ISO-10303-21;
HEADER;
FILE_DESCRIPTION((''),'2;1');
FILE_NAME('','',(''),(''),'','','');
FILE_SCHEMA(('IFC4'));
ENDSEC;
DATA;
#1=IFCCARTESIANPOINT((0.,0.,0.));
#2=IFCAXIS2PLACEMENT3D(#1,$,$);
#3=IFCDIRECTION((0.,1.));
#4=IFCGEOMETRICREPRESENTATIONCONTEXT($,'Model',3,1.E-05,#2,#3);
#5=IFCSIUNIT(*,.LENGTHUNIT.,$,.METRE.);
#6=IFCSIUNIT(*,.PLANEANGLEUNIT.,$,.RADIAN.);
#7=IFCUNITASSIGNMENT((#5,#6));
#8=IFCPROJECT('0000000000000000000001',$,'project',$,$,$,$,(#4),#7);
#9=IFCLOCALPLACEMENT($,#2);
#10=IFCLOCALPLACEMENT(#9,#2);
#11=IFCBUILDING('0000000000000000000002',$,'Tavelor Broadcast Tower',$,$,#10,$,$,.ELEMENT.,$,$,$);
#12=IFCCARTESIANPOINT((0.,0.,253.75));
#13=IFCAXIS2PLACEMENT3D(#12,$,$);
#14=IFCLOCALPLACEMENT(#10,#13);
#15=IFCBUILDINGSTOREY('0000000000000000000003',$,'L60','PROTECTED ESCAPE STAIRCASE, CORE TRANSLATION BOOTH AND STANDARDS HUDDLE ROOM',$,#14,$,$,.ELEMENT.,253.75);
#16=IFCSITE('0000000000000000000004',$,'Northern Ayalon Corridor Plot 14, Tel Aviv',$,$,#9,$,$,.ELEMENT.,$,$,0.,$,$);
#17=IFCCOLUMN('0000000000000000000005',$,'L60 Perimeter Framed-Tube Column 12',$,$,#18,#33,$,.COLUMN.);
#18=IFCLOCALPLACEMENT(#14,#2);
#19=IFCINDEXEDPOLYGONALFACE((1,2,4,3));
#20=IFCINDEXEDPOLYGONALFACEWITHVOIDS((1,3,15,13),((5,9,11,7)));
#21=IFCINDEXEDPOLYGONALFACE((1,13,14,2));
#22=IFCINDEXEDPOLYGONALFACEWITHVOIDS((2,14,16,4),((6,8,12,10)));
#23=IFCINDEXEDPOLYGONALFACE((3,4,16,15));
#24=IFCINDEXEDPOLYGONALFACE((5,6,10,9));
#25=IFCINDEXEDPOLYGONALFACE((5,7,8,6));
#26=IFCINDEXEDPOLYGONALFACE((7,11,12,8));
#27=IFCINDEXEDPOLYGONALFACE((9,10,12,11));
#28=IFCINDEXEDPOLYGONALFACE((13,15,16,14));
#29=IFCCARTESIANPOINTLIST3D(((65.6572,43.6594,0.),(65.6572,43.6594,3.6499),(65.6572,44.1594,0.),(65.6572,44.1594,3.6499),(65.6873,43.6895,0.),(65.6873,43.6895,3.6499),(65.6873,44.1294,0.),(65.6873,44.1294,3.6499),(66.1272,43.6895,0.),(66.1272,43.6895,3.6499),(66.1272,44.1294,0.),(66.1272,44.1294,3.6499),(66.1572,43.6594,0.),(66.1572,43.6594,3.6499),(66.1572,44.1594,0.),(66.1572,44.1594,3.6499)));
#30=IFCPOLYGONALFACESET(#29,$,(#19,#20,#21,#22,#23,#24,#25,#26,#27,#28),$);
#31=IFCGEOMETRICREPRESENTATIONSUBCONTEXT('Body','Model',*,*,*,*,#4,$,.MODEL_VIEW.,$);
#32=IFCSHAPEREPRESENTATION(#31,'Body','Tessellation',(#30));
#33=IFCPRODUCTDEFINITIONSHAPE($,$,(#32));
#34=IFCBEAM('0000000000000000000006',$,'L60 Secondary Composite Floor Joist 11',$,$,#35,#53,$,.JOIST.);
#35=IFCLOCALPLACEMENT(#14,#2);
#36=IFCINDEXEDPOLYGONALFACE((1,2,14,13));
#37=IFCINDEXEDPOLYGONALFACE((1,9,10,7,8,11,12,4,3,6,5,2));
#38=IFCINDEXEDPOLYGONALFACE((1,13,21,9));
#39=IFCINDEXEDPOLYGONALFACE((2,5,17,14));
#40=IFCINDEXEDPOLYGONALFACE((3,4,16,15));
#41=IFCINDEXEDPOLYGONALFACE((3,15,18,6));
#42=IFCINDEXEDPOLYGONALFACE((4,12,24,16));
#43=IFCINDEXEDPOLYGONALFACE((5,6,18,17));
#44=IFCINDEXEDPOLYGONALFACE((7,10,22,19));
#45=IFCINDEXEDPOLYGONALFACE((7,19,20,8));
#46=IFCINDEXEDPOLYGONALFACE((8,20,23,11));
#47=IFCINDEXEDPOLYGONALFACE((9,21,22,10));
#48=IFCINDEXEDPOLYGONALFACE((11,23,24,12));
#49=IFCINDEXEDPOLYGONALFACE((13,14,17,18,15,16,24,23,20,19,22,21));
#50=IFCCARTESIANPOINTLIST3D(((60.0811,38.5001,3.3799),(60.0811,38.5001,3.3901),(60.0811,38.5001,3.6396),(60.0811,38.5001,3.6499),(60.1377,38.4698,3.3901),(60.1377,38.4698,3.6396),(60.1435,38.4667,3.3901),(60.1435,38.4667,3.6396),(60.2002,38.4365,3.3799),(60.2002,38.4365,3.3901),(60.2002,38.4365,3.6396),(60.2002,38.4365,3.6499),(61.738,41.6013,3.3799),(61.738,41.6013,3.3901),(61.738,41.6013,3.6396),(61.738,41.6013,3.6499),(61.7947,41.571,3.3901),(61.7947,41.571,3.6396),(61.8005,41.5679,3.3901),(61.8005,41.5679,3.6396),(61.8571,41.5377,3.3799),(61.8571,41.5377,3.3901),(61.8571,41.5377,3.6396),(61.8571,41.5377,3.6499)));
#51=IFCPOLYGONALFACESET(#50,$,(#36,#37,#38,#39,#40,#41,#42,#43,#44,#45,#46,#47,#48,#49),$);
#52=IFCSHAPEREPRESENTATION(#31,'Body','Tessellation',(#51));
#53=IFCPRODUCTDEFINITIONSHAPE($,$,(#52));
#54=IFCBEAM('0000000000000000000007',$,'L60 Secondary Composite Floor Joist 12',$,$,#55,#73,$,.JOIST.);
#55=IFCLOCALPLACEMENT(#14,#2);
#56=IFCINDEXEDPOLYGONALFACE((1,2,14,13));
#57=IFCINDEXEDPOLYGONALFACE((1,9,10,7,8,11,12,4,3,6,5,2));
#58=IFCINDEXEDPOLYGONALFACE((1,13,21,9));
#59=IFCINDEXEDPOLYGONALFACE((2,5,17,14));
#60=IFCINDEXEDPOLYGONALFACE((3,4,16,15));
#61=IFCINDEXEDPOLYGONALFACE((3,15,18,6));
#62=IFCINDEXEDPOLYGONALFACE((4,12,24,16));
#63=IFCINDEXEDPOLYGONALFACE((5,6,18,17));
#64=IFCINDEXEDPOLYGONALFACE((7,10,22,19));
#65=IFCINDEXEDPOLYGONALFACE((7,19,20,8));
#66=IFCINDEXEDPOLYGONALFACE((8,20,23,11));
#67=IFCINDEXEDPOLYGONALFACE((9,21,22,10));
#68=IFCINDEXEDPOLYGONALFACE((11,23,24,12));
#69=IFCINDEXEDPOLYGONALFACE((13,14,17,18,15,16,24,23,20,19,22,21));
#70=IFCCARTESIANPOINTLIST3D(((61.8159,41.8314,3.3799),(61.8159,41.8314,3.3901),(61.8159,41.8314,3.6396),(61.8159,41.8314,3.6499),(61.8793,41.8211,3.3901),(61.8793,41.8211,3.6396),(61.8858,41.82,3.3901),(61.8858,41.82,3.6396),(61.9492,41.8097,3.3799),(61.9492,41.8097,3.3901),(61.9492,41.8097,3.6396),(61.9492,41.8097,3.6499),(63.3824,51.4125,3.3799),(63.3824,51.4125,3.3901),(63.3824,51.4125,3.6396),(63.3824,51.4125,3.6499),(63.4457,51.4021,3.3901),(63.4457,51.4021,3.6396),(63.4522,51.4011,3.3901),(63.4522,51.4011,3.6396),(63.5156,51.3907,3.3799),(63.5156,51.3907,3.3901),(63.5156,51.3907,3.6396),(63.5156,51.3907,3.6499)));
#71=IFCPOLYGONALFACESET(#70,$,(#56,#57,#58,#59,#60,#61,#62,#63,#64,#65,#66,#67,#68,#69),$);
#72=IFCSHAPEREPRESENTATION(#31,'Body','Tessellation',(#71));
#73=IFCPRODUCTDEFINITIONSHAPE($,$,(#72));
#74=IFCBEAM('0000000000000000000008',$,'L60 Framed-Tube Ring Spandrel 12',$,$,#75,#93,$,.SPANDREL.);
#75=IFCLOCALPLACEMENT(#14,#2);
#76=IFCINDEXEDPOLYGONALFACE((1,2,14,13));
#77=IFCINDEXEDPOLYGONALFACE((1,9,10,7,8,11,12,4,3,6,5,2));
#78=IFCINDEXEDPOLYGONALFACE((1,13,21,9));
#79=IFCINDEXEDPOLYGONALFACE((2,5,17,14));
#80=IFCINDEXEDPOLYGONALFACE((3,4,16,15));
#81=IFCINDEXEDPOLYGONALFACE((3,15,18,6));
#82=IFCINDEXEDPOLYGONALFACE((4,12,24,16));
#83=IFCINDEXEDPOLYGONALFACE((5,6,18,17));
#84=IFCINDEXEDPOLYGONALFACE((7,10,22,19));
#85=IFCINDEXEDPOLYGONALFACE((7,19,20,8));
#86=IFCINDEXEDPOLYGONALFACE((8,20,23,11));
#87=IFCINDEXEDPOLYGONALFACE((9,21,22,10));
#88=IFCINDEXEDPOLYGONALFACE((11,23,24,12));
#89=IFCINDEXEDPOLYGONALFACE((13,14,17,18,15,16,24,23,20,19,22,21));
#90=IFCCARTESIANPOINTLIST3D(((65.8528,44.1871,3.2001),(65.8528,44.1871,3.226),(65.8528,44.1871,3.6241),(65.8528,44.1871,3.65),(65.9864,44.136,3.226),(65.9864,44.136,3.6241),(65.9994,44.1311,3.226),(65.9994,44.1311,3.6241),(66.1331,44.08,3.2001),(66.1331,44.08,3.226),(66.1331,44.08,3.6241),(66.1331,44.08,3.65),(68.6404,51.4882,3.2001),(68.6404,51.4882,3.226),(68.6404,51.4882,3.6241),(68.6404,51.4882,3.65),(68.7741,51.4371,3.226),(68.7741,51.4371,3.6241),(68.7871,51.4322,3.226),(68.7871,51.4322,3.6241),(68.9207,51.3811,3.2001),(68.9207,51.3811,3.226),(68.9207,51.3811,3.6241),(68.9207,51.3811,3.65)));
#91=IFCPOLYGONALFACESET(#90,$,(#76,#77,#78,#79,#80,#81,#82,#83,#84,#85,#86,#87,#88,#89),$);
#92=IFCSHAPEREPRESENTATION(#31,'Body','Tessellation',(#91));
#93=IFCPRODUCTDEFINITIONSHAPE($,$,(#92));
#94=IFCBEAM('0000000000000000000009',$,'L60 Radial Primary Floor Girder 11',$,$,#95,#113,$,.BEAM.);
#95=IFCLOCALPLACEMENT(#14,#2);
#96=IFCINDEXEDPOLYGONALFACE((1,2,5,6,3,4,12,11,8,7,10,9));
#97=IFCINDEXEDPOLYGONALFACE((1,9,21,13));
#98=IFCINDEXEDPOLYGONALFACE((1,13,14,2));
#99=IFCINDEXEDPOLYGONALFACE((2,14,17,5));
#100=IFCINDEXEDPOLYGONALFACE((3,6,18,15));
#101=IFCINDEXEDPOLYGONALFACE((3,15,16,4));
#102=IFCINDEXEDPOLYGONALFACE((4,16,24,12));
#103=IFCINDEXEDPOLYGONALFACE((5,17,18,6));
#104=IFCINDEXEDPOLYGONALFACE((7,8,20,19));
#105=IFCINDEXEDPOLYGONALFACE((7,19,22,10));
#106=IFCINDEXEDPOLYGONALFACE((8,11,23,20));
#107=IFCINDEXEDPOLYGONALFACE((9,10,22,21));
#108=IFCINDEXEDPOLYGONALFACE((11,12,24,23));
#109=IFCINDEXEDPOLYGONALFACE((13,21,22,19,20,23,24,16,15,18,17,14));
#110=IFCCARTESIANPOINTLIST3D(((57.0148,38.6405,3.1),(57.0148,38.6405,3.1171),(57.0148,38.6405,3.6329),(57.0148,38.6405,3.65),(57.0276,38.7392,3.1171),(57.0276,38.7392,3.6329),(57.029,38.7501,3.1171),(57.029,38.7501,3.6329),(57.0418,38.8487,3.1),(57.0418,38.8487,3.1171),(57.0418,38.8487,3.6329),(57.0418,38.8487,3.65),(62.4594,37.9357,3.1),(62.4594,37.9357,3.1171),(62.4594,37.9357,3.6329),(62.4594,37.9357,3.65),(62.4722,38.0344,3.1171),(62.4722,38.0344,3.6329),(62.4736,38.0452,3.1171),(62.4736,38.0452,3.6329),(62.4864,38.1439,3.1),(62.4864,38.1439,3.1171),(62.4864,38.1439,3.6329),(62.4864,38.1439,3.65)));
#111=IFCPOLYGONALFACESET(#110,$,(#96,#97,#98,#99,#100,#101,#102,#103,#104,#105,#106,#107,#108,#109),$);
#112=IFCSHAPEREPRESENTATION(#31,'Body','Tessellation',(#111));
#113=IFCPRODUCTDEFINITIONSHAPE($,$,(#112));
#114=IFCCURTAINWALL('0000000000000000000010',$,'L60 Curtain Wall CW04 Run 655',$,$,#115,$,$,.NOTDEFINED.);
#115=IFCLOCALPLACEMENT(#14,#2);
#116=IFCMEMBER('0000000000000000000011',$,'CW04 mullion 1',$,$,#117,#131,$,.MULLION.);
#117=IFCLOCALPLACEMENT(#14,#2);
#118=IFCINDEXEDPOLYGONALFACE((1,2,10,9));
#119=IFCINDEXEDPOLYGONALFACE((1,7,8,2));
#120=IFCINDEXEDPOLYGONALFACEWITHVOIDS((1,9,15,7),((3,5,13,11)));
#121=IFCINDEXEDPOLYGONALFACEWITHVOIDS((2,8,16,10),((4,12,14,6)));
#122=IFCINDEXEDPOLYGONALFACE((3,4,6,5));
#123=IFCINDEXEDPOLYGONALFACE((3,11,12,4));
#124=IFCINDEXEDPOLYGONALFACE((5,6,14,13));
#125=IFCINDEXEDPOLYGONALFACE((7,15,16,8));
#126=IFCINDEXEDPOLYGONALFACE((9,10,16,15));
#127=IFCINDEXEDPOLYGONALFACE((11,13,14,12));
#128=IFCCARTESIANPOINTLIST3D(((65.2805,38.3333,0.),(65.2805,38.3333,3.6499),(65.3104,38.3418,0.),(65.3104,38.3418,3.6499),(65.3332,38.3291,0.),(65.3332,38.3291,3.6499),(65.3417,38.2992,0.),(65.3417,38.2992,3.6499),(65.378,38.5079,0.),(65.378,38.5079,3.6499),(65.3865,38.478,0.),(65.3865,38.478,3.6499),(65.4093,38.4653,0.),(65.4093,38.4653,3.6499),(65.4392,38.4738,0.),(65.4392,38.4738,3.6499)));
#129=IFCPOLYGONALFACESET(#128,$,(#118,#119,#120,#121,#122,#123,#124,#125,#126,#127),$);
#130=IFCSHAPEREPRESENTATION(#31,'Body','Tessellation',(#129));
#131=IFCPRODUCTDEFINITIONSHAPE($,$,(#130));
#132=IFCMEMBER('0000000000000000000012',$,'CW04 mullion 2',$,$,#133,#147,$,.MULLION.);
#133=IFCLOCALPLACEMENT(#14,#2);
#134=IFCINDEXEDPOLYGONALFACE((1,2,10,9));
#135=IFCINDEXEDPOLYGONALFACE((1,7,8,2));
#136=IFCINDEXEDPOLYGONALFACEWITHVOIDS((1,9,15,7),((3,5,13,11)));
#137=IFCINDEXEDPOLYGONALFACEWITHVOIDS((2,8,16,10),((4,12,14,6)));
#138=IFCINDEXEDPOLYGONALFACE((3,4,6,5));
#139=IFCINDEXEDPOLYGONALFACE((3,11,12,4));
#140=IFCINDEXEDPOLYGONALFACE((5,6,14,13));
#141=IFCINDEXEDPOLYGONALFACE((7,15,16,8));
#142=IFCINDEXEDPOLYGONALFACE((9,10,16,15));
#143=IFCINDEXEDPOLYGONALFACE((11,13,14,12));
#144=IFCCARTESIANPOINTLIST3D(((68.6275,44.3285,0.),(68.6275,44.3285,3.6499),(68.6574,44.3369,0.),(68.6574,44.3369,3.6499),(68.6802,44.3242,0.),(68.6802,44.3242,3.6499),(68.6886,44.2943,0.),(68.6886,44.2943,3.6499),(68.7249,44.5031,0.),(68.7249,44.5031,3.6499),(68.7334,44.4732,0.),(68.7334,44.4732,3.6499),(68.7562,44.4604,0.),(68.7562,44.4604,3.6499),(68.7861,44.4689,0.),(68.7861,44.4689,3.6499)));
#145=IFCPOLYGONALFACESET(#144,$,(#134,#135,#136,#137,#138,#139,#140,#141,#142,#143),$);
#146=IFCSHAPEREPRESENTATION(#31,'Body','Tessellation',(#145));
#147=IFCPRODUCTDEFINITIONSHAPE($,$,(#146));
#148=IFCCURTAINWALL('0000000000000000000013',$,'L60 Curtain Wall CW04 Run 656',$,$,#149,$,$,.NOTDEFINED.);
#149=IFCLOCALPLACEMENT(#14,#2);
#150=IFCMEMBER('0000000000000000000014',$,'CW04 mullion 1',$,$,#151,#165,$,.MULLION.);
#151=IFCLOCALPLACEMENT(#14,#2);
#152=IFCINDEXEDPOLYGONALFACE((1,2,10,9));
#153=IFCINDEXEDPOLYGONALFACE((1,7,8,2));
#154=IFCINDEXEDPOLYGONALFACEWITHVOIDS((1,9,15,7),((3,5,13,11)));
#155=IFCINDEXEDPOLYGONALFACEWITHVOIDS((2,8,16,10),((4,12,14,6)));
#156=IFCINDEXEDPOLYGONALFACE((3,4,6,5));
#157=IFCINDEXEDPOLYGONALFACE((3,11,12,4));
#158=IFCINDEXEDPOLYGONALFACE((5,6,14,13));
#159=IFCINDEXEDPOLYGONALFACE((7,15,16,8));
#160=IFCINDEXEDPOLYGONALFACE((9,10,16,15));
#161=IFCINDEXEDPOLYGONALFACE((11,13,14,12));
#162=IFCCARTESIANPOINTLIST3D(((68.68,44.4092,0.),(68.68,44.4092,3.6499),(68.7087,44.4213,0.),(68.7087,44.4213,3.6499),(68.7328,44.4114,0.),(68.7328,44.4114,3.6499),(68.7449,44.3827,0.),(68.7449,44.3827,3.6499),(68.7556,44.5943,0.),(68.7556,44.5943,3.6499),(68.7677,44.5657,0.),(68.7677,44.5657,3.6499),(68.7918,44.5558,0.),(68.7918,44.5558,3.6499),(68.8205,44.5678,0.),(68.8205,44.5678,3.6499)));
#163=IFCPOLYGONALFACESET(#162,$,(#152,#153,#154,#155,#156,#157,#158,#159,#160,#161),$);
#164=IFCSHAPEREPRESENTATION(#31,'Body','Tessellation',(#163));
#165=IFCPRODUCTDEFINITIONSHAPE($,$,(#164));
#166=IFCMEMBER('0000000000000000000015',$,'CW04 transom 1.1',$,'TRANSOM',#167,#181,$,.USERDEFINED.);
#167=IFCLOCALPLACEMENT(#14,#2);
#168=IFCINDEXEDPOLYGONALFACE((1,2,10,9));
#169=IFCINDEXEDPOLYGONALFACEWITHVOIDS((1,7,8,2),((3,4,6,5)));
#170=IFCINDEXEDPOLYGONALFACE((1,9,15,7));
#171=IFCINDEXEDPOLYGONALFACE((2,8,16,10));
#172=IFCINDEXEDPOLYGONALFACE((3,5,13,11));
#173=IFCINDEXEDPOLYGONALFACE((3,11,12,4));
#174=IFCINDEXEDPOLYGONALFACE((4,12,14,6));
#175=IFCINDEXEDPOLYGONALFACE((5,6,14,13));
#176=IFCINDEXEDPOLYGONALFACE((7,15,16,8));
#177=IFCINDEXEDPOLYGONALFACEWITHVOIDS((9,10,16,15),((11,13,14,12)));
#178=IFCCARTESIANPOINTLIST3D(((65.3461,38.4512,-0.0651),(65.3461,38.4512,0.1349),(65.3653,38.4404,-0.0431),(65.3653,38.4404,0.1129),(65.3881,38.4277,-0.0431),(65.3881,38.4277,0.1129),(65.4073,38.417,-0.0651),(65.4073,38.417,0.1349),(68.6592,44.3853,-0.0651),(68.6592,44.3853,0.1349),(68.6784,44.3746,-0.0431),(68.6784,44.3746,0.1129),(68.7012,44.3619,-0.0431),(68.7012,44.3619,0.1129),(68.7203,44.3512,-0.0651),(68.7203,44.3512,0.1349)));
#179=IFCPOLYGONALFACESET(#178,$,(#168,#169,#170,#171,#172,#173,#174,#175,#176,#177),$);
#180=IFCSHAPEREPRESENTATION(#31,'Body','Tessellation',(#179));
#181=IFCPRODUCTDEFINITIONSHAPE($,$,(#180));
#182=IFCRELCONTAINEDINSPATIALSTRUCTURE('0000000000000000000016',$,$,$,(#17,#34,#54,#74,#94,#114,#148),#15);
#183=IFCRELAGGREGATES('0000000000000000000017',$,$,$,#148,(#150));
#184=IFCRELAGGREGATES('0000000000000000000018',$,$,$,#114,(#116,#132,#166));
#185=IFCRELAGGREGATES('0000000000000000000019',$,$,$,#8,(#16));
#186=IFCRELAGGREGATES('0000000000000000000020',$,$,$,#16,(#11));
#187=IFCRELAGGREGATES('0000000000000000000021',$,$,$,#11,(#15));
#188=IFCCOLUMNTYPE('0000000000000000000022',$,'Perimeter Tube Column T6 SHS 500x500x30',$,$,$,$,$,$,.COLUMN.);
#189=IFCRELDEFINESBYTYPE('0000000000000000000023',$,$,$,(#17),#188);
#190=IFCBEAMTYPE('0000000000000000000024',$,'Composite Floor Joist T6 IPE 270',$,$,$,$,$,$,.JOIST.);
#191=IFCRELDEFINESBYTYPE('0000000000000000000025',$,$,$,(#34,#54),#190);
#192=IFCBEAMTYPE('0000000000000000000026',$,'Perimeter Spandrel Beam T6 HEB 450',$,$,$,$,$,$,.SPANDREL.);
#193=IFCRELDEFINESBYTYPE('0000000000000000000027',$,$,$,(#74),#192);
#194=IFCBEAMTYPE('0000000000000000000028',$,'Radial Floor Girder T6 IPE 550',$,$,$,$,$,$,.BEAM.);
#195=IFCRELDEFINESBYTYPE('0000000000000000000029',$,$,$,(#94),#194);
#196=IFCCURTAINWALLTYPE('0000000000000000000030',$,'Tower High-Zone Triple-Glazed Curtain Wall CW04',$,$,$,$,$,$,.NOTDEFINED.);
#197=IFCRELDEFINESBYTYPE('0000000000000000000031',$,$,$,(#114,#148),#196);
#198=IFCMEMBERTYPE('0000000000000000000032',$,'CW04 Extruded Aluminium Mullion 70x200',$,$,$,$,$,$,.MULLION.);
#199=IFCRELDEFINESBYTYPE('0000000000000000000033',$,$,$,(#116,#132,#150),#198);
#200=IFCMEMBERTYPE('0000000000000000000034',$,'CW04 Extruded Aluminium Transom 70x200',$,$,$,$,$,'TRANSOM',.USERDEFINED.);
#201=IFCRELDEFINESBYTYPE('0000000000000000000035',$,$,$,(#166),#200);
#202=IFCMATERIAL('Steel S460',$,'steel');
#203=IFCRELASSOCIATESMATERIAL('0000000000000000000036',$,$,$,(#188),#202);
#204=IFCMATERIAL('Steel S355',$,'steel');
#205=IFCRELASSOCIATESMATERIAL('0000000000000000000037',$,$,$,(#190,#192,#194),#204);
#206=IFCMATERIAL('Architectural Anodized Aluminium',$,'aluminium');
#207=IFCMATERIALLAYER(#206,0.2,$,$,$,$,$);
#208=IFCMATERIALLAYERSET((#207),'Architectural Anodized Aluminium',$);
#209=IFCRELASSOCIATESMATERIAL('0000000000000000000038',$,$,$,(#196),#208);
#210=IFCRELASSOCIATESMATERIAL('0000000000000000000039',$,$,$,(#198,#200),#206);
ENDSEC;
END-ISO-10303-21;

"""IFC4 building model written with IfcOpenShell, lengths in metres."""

from ifc_helpers import new_model, si_unit, direction, frame, origin, origin_2d, place, context, subcontext, project, spatial, hollow_rectangle, i_section, extrude, source, transform, mapped, material, layer, layer_set, material_profile, profile_set, type_object, type_shapes, element, aggregate, save


model = new_model("IFC4")

# Units and contexts
model_context = context("Model", 3, precision=1e-05, world=origin(), true_north=direction((0.0, 1.0)))
body_context = subcontext(model_context, "Body", "Model", "MODEL_VIEW")
ifc_project = project(units=[si_unit("LENGTHUNIT", "METRE"), si_unit("PLANEANGLEUNIT", "RADIAN")], contexts=[model_context])

# Site, building, storey
site_placement = place(None, origin())
site = spatial("IfcSite", under=ifc_project, at=site_placement, Name="Northern Ayalon Corridor Plot 14, Tel Aviv", CompositionType="ELEMENT", RefElevation=0.0)
building_placement = place(site_placement, origin())
building = spatial("IfcBuilding", under=site, at=building_placement, Name="Tavelor Broadcast Tower", CompositionType="ELEMENT")
storey_placement = place(building_placement, frame((0.0, 0.0, 253.75)))
storey = spatial("IfcBuildingStorey", under=building, at=storey_placement, Name="L60", Description="PROTECTED ESCAPE STAIRCASE, CORE TRANSLATION BOOTH AND STANDARDS HUDDLE ROOM", CompositionType="ELEMENT", Elevation=253.75)

# Column
ifc_material_1 = material(Name="Steel S460", Category="steel")
ifc_material_profile_1 = material_profile(ifc_material_1, hollow_rectangle(XDim=0.5, YDim=0.5, WallThickness=0.03, at=origin_2d()), Name="SHS 500x500x30")
ifc_profile_set_1 = profile_set([ifc_material_profile_1], Name="Steel S460")
column_type = type_object("IfcColumnType", Name="Perimeter Tube Column T6 SHS 500x500x30", PredefinedType="COLUMN", material=ifc_profile_set_1)
column_placement = place(storey_placement, frame((65.9072, 43.9094, 0.0), z_axis=(0.0, 0.0, 1.0), x_axis=(1.0, 0.0, 0.0)))
element("IfcColumn", 1, at=column_placement, inside=storey, type_object=column_type, Name="L60 Perimeter Framed-Tube Column 12", PredefinedType="COLUMN", context=body_context, shape_type="SweptSolid", body=[
    extrude(hollow_rectangle(XDim=0.5, YDim=0.5, WallThickness=0.03, at=origin_2d()), origin(), (0.0, 0.0, 1.0), 3.6499),
])

# Beams
ifc_material_2 = material(Name="Steel S355", Category="steel")
ifc_material_profile_2 = material_profile(ifc_material_2, i_section(OverallWidth=0.135, OverallDepth=0.27, WebThickness=0.0066, FlangeThickness=0.0103, at=origin_2d()), Name="IPE 270")
ifc_profile_set_2 = profile_set([ifc_material_profile_2], Name="Steel S355")
beam_type_1 = type_object("IfcBeamType", Name="Composite Floor Joist T6 IPE 270", PredefinedType="JOIST", material=ifc_profile_set_2)
beam_1_placement = place(storey_placement, frame((60.1406, 38.4683, 3.5149), z_axis=(0.47124, 0.882005, 0.0), x_axis=(-0.882005, 0.47124, 0.0)))
element("IfcBeam", 2, at=beam_1_placement, inside=storey, type_object=beam_type_1, Name="L60 Secondary Composite Floor Joist 11", PredefinedType="JOIST", context=body_context, shape_type="SweptSolid", body=[
    extrude(i_section(OverallWidth=0.135, OverallDepth=0.27, WebThickness=0.0066, FlangeThickness=0.0103, at=origin_2d()), origin(), (0.0, 0.0, 1.0), 3.5161),
])
beam_2_placement = place(storey_placement, frame((61.8826, 41.8206, 3.5149), z_axis=(0.161348, 0.986898, 0.0), x_axis=(-0.986898, 0.161348, 0.0)))
element("IfcBeam", 3, at=beam_2_placement, inside=storey, type_object=beam_type_1, Name="L60 Secondary Composite Floor Joist 12", PredefinedType="JOIST", context=body_context, shape_type="SweptSolid", body=[
    extrude(i_section(OverallWidth=0.135, OverallDepth=0.27, WebThickness=0.0066, FlangeThickness=0.0103, at=origin_2d()), origin(), (0.0, 0.0, 1.0), 9.7083),
])
ifc_material_profile_3 = material_profile(ifc_material_2, i_section(OverallWidth=0.3, OverallDepth=0.45, WebThickness=0.0139, FlangeThickness=0.0259, at=origin_2d()), Name="HEB 450")
ifc_profile_set_3 = profile_set([ifc_material_profile_3], Name="Steel S355")
beam_type_2 = type_object("IfcBeamType", Name="Perimeter Spandrel Beam T6 HEB 450", PredefinedType="SPANDREL", material=ifc_profile_set_3)
beam_3_placement = place(storey_placement, frame((65.9929, 44.1335, 3.425), z_axis=(0.356694, 0.934221, 0.0), x_axis=(-0.934221, 0.356694, 0.0)))
element("IfcBeam", 4, at=beam_3_placement, inside=storey, type_object=beam_type_2, Name="L60 Framed-Tube Ring Spandrel 12", PredefinedType="SPANDREL", context=body_context, shape_type="SweptSolid", body=[
    extrude(i_section(OverallWidth=0.3, OverallDepth=0.45, WebThickness=0.0139, FlangeThickness=0.0259, at=origin_2d()), origin(), (0.0, 0.0, 1.0), 7.8152),
])
ifc_material_profile_4 = material_profile(ifc_material_2, i_section(OverallWidth=0.21, OverallDepth=0.55, WebThickness=0.011, FlangeThickness=0.0171, at=origin_2d()), Name="IPE 550")
ifc_profile_set_4 = profile_set([ifc_material_profile_4], Name="Steel S355")
beam_type_3 = type_object("IfcBeamType", Name="Radial Floor Girder T6 IPE 550", PredefinedType="BEAM", material=ifc_profile_set_4)
beam_4_placement = place(storey_placement, frame((57.0283, 38.7446, 3.375), z_axis=(0.991724, -0.128385, 0.0), x_axis=(0.128385, 0.991724, 0.0)))
element("IfcBeam", 5, at=beam_4_placement, inside=storey, type_object=beam_type_3, Name="L60 Radial Primary Floor Girder 11", PredefinedType="BEAM", context=body_context, shape_type="SweptSolid", body=[
    extrude(i_section(OverallWidth=0.21, OverallDepth=0.55, WebThickness=0.011, FlangeThickness=0.0171, at=origin_2d()), origin(), (0.0, 0.0, 1.0), 5.49),
])

# Curtain wall, members
ifc_material_3 = material(Name="Architectural Anodized Aluminium", Category="aluminium")
ifc_layer_1 = layer(ifc_material_3, 0.2)
ifc_layer_set_1 = layer_set([ifc_layer_1], Name="Architectural Anodized Aluminium")
curtain_wall_type = type_object("IfcCurtainWallType", Name="Tower High-Zone Triple-Glazed Curtain Wall CW04", PredefinedType="NOTDEFINED", material=ifc_layer_set_1)
curtain_wall_1_placement = place(storey_placement, origin())
curtain_wall_1 = element("IfcCurtainWall", 6, at=curtain_wall_1_placement, inside=storey, type_object=curtain_wall_type, Name="L60 Curtain Wall CW04 Run 655", PredefinedType="NOTDEFINED")
ifc_material_profile_5 = material_profile(ifc_material_3, hollow_rectangle(XDim=0.0701, YDim=0.2, WallThickness=0.022, at=origin_2d()), Name="RHS 70x200x22")
ifc_profile_set_5 = profile_set([ifc_material_profile_5], Name="Architectural Anodized Aluminium")
member_type_1 = type_object("IfcMemberType", Name="CW04 Extruded Aluminium Mullion 70x200", PredefinedType="MULLION", material=ifc_profile_set_5)
shared_shape_1 = source(origin(), body_context, "Body", "SweptSolid", [
    extrude(hollow_rectangle(XDim=0.0701, YDim=0.2, WallThickness=0.022, at=origin_2d()), origin(), (0.0, 0.0, 1.0), 3.6499),
])
type_shapes(member_type_1, [shared_shape_1])
member_1_placement = place(storey_placement, frame((65.3599, 38.4036, 0.0), z_axis=(0.0, 0.0, 1.0), x_axis=(-0.87314, 0.487469, 0.0)))
member_1 = element("IfcMember", 7, at=member_1_placement, type_object=member_type_1, Name="CW04 mullion 1", PredefinedType="MULLION", context=body_context, shape_type="MappedRepresentation", body=[
    mapped(shared_shape_1, transform((0.0, 0.0, 0.0), scale=1.0)),
])
member_2_placement = place(storey_placement, frame((68.7068, 44.3987, 0.0), z_axis=(0.0, 0.0, 1.0), x_axis=(-0.87314, 0.487469, 0.0)))
member_2 = element("IfcMember", 8, at=member_2_placement, type_object=member_type_1, Name="CW04 mullion 2", PredefinedType="MULLION", context=body_context, shape_type="MappedRepresentation", body=[
    mapped(shared_shape_1, transform((0.0, 0.0, 0.0), scale=1.0)),
])

# Curtain wall, member
curtain_wall_2_placement = place(storey_placement, origin())
curtain_wall_2 = element("IfcCurtainWall", 9, at=curtain_wall_2_placement, inside=storey, type_object=curtain_wall_type, Name="L60 Curtain Wall CW04 Run 656", PredefinedType="NOTDEFINED")
member_3_placement = place(storey_placement, frame((68.7502, 44.4885, 0.0), z_axis=(0.0, 0.0, 1.0), x_axis=(-0.92572, 0.378211, 0.0)))
member_3 = element("IfcMember", 10, at=member_3_placement, type_object=member_type_1, Name="CW04 mullion 1", PredefinedType="MULLION", context=body_context, shape_type="MappedRepresentation", body=[
    mapped(shared_shape_1, transform((0.0, 0.0, 0.0), scale=1.0)),
])

# Member
ifc_material_profile_6 = material_profile(ifc_material_3, hollow_rectangle(XDim=0.0701, YDim=0.2, WallThickness=0.022, at=origin_2d()), Name="RHS 70x200x22")
ifc_profile_set_6 = profile_set([ifc_material_profile_6], Name="Architectural Anodized Aluminium")
member_type_2 = type_object("IfcMemberType", Name="CW04 Extruded Aluminium Transom 70x200", ElementType="TRANSOM", PredefinedType="USERDEFINED", material=ifc_profile_set_6)
shared_shape_2 = source(origin(), body_context, "Body", "SweptSolid", [
    extrude(hollow_rectangle(XDim=0.0701, YDim=0.2, WallThickness=0.022, at=origin_2d()), origin(), (0.0, 0.0, 1.0), 6.7964),
])
member_4_placement = place(storey_placement, frame((65.3767, 38.4341, 0.0349), z_axis=(0.487472, 0.873139, 0.0), x_axis=(-0.873139, 0.487472, 0.0)))
member_4 = element("IfcMember", 11, at=member_4_placement, type_object=member_type_2, Name="CW04 transom 1.1", ObjectType="TRANSOM", PredefinedType="USERDEFINED", context=body_context, shape_type="MappedRepresentation", body=[
    mapped(shared_shape_2, transform((0.0, 0.0, 0.0), scale=1.0)),
])
aggregate(curtain_wall_2, [member_3])

aggregate(curtain_wall_1, [member_1, member_2, member_4])

save(model, "model.ifc")
